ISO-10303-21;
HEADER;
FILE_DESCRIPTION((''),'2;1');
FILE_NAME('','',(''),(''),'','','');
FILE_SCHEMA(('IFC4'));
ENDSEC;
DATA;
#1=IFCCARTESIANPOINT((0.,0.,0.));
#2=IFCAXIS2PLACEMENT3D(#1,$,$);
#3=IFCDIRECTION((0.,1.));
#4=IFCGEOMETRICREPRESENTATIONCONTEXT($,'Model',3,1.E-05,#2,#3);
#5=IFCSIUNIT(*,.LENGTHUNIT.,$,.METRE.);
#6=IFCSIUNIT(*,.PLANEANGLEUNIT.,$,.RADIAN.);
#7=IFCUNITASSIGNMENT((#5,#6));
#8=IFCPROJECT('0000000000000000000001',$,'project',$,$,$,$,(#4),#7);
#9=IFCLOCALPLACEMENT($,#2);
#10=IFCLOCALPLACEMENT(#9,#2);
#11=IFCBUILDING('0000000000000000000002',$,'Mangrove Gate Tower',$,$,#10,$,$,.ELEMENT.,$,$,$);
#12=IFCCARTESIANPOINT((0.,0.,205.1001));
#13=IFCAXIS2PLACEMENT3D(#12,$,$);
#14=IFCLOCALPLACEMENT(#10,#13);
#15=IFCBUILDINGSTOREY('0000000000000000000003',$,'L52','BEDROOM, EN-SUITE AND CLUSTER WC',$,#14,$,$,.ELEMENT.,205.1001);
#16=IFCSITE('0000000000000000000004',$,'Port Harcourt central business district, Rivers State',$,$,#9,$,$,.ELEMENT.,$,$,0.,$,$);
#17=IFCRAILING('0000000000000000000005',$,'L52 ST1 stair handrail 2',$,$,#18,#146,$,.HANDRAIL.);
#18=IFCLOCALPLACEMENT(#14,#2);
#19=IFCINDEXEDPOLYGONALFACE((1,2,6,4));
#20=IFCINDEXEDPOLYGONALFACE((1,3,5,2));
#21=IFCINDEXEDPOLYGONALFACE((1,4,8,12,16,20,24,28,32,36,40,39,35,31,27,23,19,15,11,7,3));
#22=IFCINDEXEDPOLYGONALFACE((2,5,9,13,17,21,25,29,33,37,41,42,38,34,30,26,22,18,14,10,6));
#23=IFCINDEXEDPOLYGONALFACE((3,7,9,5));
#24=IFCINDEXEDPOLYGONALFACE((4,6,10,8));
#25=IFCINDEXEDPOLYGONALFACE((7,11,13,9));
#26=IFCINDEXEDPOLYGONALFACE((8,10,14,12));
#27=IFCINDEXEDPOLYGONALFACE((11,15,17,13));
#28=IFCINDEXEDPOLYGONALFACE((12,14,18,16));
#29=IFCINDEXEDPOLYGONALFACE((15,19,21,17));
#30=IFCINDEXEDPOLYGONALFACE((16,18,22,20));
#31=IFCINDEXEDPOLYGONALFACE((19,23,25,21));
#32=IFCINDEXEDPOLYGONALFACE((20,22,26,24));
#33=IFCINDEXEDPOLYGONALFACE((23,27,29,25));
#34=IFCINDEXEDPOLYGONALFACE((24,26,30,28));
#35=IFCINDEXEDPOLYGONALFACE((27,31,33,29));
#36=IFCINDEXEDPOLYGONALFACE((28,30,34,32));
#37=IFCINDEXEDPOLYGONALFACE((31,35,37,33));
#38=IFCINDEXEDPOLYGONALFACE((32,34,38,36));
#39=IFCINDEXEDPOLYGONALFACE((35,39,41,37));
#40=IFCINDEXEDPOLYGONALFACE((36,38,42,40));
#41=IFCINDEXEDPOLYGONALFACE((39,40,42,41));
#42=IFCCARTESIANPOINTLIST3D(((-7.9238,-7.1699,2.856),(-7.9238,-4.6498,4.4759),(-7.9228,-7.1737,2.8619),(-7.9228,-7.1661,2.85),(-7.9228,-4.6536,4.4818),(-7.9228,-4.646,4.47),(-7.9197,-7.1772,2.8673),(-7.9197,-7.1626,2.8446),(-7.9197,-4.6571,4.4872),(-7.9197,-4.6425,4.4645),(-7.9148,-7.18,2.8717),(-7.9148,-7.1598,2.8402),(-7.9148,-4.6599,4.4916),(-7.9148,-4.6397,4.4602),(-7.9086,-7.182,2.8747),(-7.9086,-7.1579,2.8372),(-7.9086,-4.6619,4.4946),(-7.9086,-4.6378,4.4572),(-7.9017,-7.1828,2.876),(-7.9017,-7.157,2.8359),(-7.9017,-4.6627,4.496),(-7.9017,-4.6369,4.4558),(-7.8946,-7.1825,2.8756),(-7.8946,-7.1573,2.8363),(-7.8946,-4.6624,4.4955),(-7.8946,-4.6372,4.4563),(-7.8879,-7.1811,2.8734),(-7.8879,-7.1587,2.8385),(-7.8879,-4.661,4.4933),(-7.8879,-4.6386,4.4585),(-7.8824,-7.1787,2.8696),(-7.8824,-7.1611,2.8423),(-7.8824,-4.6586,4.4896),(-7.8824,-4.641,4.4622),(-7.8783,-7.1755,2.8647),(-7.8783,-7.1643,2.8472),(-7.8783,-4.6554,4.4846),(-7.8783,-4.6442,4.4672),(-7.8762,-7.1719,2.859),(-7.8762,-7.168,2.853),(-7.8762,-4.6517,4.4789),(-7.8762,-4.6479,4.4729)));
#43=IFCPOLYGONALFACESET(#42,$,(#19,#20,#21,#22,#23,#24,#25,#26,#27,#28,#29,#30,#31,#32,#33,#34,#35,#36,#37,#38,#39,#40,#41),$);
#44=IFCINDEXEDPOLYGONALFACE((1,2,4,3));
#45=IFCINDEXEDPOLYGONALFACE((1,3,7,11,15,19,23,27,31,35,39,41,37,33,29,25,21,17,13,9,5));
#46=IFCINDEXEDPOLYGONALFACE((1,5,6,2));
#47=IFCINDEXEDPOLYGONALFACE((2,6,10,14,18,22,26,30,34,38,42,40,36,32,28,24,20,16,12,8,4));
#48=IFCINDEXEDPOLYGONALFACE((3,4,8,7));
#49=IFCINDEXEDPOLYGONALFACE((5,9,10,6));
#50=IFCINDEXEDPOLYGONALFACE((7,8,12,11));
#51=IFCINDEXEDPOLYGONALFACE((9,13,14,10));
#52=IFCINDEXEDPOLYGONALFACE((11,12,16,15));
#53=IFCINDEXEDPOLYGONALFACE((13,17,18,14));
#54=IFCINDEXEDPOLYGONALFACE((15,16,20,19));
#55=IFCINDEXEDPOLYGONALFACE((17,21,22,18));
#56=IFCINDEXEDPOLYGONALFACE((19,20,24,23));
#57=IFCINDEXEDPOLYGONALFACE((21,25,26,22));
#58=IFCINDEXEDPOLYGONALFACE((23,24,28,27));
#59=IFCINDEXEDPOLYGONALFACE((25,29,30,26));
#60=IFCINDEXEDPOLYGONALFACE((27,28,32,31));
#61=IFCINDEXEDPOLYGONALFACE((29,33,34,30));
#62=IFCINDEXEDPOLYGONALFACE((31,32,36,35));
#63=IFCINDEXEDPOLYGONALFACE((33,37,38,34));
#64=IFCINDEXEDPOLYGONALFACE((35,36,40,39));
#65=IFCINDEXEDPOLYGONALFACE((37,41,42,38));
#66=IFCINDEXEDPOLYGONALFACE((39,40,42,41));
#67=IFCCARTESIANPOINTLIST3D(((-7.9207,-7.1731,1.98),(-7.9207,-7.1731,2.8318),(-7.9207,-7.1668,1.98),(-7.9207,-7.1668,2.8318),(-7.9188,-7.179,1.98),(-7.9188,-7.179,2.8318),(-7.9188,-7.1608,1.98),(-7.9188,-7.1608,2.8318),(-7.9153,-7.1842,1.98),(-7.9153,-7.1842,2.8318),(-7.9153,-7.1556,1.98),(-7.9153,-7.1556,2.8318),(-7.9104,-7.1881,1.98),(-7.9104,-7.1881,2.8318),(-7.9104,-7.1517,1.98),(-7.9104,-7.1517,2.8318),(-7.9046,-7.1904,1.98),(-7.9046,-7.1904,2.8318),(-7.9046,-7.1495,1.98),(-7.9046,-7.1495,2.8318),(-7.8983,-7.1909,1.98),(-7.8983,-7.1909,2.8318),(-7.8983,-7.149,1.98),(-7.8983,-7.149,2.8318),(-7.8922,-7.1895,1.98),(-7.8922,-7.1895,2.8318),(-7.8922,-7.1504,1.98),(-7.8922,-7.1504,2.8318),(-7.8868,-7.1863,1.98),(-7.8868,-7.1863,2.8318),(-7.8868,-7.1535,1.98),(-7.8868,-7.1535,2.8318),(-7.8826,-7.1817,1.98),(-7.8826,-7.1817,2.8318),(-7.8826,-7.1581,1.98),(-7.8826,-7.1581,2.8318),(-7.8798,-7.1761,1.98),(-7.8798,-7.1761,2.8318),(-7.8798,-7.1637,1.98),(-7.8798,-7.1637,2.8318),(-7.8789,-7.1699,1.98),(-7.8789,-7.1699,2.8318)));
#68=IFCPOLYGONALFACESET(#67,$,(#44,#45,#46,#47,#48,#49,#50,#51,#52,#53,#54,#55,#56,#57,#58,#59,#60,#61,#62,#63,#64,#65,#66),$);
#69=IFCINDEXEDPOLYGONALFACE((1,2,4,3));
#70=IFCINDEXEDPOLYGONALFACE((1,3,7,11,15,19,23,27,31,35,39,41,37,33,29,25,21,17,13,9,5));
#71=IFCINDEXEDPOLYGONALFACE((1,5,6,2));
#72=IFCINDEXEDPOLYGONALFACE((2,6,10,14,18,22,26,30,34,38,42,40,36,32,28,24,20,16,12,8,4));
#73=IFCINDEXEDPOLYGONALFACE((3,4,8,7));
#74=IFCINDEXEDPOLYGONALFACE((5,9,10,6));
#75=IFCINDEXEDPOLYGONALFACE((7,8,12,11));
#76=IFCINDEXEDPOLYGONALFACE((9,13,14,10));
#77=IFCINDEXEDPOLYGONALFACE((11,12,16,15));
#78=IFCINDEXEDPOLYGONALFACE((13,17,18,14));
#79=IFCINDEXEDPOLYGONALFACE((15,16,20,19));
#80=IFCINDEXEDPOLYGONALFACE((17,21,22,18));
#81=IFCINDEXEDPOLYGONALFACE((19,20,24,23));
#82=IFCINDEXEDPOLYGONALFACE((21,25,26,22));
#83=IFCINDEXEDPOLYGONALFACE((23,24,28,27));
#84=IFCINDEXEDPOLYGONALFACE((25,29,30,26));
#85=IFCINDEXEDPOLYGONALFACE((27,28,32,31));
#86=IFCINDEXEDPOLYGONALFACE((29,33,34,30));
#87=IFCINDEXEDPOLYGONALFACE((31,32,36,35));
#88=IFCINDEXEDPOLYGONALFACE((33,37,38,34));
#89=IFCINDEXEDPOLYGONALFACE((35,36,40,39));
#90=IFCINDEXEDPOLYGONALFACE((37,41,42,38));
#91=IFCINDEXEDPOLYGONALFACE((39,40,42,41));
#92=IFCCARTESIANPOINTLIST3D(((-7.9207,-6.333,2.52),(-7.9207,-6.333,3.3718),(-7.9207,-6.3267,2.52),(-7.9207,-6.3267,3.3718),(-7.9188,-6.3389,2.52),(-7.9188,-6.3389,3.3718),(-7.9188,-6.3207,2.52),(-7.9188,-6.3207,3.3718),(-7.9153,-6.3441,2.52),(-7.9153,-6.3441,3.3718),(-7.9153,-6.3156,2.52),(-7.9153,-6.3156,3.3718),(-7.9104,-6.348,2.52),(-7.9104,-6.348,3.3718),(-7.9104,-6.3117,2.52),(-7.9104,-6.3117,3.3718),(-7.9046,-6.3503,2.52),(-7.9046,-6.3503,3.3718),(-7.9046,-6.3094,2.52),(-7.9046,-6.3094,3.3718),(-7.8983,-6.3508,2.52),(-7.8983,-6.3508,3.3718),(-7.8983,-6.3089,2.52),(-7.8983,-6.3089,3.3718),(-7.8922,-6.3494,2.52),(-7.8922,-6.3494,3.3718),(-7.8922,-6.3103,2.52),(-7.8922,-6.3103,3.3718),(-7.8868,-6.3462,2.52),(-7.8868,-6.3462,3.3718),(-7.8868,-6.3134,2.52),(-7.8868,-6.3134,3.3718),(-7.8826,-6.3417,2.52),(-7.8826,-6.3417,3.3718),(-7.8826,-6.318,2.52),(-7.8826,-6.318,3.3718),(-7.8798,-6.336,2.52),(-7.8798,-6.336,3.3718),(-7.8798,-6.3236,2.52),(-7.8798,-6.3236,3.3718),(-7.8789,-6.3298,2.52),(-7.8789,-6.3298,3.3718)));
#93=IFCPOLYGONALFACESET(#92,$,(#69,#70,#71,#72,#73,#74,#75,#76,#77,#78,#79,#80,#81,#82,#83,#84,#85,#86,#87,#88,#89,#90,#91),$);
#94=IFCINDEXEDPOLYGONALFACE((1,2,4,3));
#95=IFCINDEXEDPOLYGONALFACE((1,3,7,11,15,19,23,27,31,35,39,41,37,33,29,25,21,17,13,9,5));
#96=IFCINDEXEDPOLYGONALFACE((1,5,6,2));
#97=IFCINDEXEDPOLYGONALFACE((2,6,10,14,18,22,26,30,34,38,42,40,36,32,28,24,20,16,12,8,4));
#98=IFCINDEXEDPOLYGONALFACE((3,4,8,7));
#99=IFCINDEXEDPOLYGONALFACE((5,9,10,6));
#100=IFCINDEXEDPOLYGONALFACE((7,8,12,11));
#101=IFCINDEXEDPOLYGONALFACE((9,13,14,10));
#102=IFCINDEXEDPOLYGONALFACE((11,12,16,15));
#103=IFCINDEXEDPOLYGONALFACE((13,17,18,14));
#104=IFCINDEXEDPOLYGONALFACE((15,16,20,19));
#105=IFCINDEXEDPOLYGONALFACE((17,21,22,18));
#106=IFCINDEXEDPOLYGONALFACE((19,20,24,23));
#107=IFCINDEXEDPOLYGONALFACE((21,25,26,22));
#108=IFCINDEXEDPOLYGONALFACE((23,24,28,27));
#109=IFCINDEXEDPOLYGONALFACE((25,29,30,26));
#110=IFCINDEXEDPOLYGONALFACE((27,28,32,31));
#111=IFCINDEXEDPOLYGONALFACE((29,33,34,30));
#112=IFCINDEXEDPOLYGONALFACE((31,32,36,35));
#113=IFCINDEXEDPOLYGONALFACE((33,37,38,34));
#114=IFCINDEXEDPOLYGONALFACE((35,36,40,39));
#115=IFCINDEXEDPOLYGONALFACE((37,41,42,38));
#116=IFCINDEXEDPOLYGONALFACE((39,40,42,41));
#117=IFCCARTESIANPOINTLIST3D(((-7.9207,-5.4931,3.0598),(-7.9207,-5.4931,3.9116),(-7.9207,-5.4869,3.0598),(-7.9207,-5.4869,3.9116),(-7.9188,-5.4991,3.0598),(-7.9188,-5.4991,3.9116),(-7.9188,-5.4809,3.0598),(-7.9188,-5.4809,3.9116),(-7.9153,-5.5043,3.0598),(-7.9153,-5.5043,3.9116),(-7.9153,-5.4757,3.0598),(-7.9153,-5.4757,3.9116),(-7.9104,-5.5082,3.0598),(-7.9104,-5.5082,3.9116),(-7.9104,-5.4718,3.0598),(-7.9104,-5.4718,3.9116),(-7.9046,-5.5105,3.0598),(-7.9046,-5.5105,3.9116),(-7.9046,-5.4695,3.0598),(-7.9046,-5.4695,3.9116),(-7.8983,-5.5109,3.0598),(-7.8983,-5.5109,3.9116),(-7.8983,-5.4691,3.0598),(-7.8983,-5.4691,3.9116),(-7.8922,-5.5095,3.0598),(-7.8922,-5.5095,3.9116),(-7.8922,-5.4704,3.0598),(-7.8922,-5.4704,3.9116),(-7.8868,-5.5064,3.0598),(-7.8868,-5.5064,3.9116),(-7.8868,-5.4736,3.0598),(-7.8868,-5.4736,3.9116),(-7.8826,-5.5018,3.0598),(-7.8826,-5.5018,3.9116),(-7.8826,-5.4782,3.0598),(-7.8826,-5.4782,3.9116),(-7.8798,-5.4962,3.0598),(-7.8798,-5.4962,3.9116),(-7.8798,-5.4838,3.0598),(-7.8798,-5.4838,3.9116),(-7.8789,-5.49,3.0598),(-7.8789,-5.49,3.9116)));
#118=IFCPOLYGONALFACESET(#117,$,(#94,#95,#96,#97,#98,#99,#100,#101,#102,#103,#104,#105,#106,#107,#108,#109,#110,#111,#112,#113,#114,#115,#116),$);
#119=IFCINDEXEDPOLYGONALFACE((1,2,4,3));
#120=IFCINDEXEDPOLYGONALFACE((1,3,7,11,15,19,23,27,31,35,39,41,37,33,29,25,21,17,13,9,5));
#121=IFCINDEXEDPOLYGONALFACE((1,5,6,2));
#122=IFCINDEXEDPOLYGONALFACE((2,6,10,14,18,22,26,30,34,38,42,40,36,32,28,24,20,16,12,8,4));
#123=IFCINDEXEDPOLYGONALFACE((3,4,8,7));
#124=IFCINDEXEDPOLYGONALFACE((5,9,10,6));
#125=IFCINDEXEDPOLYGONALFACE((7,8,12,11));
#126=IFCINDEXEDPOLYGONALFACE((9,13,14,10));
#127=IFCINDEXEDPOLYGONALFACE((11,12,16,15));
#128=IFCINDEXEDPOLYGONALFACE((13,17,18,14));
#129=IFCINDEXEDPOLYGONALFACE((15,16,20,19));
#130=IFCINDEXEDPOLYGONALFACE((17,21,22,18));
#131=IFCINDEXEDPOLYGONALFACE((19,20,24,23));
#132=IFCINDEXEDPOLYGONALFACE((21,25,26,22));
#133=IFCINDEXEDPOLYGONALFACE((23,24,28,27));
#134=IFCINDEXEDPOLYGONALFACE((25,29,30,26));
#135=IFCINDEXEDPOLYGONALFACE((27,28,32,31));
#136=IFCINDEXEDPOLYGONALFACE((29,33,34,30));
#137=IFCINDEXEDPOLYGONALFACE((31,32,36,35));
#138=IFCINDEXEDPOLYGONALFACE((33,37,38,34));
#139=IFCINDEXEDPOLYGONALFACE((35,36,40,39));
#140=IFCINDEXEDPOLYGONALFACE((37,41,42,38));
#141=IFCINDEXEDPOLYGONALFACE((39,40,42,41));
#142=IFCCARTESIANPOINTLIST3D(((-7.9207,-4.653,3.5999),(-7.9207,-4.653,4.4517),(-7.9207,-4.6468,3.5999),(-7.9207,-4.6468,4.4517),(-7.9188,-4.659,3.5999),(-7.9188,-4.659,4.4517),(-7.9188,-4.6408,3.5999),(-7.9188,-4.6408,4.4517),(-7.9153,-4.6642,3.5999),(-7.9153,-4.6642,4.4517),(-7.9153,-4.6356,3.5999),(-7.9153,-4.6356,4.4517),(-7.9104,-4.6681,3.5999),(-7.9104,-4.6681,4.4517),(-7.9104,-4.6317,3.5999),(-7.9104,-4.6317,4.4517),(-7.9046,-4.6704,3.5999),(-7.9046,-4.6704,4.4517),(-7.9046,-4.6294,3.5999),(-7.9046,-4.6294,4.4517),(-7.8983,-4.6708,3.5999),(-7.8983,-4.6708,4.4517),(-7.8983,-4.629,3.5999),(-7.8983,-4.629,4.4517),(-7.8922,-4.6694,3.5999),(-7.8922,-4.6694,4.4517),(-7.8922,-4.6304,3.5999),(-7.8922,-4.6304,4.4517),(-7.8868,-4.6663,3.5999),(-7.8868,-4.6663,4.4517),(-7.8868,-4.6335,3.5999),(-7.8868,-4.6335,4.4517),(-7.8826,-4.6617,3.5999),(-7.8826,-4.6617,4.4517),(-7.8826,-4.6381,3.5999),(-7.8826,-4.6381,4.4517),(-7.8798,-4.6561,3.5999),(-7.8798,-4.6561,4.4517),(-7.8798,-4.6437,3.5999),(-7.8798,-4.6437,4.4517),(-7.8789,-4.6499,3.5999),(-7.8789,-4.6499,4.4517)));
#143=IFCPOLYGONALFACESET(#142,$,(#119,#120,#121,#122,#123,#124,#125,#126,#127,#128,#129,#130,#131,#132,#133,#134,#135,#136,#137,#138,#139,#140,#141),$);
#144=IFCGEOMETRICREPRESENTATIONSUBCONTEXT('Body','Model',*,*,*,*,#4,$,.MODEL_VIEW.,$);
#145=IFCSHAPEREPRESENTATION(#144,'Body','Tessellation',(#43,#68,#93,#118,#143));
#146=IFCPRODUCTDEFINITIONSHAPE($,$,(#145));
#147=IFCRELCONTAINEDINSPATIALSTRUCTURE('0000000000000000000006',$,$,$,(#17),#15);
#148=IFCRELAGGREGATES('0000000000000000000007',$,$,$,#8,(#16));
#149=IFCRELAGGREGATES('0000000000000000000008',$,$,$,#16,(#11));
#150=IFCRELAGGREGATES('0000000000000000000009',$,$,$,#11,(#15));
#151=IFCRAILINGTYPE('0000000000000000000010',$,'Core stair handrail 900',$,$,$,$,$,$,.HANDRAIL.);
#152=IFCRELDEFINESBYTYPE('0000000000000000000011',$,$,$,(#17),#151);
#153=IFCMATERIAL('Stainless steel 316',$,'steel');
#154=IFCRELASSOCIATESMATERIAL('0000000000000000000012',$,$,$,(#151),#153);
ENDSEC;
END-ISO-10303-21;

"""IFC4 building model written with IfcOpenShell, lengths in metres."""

from ifc_helpers import new_model, si_unit, direction, frame, origin, origin_2d, place, context, subcontext, project, spatial, circle, extrude, material, type_object, element, save


model = new_model("IFC4")

# Units and contexts
model_context = context("Model", 3, precision=1e-05, world=origin(), true_north=direction((0.0, 1.0)))
body_context = subcontext(model_context, "Body", "Model", "MODEL_VIEW")
ifc_project = project(units=[si_unit("LENGTHUNIT", "METRE"), si_unit("PLANEANGLEUNIT", "RADIAN")], contexts=[model_context])

# Site, building, storey
site_placement = place(None, origin())
site = spatial("IfcSite", under=ifc_project, at=site_placement, Name="Port Harcourt central business district, Rivers State", CompositionType="ELEMENT", RefElevation=0.0)
building_placement = place(site_placement, origin())
building = spatial("IfcBuilding", under=site, at=building_placement, Name="Mangrove Gate Tower", CompositionType="ELEMENT")
storey_placement = place(building_placement, frame((0.0, 0.0, 205.1001)))
storey = spatial("IfcBuildingStorey", under=building, at=storey_placement, Name="L52", Description="BEDROOM, EN-SUITE AND CLUSTER WC", CompositionType="ELEMENT", Elevation=205.1001)

# Railing
ifc_material_1 = material(Name="Stainless steel 316", Category="steel")
railing_type_1 = type_object("IfcRailingType", Name="Core stair handrail 900", PredefinedType="HANDRAIL", material=ifc_material_1)
railing_1_placement = place(storey_placement, frame((-7.8999, -7.1699, 1.98)))
element("IfcRailing", 1, at=railing_1_placement, inside=storey, type_object=railing_type_1, Name="L52 ST1 stair handrail 2", PredefinedType="HANDRAIL", context=body_context, shape_type="SweptSolid", body=[
    extrude(circle(Radius=0.0239, at=origin_2d()), frame((0.0, 0.0, 0.876), z_axis=(0.0, 0.8412, 0.540725), x_axis=(-1.0, 0.0, 0.0)), (0.0, 0.0, 1.0), 2.9958),
    extrude(circle(Radius=0.021, at=origin_2d()), origin(), (0.0, 0.0, 1.0), 0.8518),
    extrude(circle(Radius=0.021, at=origin_2d()), frame((0.0, 0.8401, 0.54)), (0.0, 0.0, 1.0), 0.8518),
    extrude(circle(Radius=0.021, at=origin_2d()), frame((0.0, 1.6799, 1.0798)), (0.0, 0.0, 1.0), 0.8518),
    extrude(circle(Radius=0.021, at=origin_2d()), frame((0.0, 2.52, 1.6199)), (0.0, 0.0, 1.0), 0.8518),
])

save(model, "model.ifc")
